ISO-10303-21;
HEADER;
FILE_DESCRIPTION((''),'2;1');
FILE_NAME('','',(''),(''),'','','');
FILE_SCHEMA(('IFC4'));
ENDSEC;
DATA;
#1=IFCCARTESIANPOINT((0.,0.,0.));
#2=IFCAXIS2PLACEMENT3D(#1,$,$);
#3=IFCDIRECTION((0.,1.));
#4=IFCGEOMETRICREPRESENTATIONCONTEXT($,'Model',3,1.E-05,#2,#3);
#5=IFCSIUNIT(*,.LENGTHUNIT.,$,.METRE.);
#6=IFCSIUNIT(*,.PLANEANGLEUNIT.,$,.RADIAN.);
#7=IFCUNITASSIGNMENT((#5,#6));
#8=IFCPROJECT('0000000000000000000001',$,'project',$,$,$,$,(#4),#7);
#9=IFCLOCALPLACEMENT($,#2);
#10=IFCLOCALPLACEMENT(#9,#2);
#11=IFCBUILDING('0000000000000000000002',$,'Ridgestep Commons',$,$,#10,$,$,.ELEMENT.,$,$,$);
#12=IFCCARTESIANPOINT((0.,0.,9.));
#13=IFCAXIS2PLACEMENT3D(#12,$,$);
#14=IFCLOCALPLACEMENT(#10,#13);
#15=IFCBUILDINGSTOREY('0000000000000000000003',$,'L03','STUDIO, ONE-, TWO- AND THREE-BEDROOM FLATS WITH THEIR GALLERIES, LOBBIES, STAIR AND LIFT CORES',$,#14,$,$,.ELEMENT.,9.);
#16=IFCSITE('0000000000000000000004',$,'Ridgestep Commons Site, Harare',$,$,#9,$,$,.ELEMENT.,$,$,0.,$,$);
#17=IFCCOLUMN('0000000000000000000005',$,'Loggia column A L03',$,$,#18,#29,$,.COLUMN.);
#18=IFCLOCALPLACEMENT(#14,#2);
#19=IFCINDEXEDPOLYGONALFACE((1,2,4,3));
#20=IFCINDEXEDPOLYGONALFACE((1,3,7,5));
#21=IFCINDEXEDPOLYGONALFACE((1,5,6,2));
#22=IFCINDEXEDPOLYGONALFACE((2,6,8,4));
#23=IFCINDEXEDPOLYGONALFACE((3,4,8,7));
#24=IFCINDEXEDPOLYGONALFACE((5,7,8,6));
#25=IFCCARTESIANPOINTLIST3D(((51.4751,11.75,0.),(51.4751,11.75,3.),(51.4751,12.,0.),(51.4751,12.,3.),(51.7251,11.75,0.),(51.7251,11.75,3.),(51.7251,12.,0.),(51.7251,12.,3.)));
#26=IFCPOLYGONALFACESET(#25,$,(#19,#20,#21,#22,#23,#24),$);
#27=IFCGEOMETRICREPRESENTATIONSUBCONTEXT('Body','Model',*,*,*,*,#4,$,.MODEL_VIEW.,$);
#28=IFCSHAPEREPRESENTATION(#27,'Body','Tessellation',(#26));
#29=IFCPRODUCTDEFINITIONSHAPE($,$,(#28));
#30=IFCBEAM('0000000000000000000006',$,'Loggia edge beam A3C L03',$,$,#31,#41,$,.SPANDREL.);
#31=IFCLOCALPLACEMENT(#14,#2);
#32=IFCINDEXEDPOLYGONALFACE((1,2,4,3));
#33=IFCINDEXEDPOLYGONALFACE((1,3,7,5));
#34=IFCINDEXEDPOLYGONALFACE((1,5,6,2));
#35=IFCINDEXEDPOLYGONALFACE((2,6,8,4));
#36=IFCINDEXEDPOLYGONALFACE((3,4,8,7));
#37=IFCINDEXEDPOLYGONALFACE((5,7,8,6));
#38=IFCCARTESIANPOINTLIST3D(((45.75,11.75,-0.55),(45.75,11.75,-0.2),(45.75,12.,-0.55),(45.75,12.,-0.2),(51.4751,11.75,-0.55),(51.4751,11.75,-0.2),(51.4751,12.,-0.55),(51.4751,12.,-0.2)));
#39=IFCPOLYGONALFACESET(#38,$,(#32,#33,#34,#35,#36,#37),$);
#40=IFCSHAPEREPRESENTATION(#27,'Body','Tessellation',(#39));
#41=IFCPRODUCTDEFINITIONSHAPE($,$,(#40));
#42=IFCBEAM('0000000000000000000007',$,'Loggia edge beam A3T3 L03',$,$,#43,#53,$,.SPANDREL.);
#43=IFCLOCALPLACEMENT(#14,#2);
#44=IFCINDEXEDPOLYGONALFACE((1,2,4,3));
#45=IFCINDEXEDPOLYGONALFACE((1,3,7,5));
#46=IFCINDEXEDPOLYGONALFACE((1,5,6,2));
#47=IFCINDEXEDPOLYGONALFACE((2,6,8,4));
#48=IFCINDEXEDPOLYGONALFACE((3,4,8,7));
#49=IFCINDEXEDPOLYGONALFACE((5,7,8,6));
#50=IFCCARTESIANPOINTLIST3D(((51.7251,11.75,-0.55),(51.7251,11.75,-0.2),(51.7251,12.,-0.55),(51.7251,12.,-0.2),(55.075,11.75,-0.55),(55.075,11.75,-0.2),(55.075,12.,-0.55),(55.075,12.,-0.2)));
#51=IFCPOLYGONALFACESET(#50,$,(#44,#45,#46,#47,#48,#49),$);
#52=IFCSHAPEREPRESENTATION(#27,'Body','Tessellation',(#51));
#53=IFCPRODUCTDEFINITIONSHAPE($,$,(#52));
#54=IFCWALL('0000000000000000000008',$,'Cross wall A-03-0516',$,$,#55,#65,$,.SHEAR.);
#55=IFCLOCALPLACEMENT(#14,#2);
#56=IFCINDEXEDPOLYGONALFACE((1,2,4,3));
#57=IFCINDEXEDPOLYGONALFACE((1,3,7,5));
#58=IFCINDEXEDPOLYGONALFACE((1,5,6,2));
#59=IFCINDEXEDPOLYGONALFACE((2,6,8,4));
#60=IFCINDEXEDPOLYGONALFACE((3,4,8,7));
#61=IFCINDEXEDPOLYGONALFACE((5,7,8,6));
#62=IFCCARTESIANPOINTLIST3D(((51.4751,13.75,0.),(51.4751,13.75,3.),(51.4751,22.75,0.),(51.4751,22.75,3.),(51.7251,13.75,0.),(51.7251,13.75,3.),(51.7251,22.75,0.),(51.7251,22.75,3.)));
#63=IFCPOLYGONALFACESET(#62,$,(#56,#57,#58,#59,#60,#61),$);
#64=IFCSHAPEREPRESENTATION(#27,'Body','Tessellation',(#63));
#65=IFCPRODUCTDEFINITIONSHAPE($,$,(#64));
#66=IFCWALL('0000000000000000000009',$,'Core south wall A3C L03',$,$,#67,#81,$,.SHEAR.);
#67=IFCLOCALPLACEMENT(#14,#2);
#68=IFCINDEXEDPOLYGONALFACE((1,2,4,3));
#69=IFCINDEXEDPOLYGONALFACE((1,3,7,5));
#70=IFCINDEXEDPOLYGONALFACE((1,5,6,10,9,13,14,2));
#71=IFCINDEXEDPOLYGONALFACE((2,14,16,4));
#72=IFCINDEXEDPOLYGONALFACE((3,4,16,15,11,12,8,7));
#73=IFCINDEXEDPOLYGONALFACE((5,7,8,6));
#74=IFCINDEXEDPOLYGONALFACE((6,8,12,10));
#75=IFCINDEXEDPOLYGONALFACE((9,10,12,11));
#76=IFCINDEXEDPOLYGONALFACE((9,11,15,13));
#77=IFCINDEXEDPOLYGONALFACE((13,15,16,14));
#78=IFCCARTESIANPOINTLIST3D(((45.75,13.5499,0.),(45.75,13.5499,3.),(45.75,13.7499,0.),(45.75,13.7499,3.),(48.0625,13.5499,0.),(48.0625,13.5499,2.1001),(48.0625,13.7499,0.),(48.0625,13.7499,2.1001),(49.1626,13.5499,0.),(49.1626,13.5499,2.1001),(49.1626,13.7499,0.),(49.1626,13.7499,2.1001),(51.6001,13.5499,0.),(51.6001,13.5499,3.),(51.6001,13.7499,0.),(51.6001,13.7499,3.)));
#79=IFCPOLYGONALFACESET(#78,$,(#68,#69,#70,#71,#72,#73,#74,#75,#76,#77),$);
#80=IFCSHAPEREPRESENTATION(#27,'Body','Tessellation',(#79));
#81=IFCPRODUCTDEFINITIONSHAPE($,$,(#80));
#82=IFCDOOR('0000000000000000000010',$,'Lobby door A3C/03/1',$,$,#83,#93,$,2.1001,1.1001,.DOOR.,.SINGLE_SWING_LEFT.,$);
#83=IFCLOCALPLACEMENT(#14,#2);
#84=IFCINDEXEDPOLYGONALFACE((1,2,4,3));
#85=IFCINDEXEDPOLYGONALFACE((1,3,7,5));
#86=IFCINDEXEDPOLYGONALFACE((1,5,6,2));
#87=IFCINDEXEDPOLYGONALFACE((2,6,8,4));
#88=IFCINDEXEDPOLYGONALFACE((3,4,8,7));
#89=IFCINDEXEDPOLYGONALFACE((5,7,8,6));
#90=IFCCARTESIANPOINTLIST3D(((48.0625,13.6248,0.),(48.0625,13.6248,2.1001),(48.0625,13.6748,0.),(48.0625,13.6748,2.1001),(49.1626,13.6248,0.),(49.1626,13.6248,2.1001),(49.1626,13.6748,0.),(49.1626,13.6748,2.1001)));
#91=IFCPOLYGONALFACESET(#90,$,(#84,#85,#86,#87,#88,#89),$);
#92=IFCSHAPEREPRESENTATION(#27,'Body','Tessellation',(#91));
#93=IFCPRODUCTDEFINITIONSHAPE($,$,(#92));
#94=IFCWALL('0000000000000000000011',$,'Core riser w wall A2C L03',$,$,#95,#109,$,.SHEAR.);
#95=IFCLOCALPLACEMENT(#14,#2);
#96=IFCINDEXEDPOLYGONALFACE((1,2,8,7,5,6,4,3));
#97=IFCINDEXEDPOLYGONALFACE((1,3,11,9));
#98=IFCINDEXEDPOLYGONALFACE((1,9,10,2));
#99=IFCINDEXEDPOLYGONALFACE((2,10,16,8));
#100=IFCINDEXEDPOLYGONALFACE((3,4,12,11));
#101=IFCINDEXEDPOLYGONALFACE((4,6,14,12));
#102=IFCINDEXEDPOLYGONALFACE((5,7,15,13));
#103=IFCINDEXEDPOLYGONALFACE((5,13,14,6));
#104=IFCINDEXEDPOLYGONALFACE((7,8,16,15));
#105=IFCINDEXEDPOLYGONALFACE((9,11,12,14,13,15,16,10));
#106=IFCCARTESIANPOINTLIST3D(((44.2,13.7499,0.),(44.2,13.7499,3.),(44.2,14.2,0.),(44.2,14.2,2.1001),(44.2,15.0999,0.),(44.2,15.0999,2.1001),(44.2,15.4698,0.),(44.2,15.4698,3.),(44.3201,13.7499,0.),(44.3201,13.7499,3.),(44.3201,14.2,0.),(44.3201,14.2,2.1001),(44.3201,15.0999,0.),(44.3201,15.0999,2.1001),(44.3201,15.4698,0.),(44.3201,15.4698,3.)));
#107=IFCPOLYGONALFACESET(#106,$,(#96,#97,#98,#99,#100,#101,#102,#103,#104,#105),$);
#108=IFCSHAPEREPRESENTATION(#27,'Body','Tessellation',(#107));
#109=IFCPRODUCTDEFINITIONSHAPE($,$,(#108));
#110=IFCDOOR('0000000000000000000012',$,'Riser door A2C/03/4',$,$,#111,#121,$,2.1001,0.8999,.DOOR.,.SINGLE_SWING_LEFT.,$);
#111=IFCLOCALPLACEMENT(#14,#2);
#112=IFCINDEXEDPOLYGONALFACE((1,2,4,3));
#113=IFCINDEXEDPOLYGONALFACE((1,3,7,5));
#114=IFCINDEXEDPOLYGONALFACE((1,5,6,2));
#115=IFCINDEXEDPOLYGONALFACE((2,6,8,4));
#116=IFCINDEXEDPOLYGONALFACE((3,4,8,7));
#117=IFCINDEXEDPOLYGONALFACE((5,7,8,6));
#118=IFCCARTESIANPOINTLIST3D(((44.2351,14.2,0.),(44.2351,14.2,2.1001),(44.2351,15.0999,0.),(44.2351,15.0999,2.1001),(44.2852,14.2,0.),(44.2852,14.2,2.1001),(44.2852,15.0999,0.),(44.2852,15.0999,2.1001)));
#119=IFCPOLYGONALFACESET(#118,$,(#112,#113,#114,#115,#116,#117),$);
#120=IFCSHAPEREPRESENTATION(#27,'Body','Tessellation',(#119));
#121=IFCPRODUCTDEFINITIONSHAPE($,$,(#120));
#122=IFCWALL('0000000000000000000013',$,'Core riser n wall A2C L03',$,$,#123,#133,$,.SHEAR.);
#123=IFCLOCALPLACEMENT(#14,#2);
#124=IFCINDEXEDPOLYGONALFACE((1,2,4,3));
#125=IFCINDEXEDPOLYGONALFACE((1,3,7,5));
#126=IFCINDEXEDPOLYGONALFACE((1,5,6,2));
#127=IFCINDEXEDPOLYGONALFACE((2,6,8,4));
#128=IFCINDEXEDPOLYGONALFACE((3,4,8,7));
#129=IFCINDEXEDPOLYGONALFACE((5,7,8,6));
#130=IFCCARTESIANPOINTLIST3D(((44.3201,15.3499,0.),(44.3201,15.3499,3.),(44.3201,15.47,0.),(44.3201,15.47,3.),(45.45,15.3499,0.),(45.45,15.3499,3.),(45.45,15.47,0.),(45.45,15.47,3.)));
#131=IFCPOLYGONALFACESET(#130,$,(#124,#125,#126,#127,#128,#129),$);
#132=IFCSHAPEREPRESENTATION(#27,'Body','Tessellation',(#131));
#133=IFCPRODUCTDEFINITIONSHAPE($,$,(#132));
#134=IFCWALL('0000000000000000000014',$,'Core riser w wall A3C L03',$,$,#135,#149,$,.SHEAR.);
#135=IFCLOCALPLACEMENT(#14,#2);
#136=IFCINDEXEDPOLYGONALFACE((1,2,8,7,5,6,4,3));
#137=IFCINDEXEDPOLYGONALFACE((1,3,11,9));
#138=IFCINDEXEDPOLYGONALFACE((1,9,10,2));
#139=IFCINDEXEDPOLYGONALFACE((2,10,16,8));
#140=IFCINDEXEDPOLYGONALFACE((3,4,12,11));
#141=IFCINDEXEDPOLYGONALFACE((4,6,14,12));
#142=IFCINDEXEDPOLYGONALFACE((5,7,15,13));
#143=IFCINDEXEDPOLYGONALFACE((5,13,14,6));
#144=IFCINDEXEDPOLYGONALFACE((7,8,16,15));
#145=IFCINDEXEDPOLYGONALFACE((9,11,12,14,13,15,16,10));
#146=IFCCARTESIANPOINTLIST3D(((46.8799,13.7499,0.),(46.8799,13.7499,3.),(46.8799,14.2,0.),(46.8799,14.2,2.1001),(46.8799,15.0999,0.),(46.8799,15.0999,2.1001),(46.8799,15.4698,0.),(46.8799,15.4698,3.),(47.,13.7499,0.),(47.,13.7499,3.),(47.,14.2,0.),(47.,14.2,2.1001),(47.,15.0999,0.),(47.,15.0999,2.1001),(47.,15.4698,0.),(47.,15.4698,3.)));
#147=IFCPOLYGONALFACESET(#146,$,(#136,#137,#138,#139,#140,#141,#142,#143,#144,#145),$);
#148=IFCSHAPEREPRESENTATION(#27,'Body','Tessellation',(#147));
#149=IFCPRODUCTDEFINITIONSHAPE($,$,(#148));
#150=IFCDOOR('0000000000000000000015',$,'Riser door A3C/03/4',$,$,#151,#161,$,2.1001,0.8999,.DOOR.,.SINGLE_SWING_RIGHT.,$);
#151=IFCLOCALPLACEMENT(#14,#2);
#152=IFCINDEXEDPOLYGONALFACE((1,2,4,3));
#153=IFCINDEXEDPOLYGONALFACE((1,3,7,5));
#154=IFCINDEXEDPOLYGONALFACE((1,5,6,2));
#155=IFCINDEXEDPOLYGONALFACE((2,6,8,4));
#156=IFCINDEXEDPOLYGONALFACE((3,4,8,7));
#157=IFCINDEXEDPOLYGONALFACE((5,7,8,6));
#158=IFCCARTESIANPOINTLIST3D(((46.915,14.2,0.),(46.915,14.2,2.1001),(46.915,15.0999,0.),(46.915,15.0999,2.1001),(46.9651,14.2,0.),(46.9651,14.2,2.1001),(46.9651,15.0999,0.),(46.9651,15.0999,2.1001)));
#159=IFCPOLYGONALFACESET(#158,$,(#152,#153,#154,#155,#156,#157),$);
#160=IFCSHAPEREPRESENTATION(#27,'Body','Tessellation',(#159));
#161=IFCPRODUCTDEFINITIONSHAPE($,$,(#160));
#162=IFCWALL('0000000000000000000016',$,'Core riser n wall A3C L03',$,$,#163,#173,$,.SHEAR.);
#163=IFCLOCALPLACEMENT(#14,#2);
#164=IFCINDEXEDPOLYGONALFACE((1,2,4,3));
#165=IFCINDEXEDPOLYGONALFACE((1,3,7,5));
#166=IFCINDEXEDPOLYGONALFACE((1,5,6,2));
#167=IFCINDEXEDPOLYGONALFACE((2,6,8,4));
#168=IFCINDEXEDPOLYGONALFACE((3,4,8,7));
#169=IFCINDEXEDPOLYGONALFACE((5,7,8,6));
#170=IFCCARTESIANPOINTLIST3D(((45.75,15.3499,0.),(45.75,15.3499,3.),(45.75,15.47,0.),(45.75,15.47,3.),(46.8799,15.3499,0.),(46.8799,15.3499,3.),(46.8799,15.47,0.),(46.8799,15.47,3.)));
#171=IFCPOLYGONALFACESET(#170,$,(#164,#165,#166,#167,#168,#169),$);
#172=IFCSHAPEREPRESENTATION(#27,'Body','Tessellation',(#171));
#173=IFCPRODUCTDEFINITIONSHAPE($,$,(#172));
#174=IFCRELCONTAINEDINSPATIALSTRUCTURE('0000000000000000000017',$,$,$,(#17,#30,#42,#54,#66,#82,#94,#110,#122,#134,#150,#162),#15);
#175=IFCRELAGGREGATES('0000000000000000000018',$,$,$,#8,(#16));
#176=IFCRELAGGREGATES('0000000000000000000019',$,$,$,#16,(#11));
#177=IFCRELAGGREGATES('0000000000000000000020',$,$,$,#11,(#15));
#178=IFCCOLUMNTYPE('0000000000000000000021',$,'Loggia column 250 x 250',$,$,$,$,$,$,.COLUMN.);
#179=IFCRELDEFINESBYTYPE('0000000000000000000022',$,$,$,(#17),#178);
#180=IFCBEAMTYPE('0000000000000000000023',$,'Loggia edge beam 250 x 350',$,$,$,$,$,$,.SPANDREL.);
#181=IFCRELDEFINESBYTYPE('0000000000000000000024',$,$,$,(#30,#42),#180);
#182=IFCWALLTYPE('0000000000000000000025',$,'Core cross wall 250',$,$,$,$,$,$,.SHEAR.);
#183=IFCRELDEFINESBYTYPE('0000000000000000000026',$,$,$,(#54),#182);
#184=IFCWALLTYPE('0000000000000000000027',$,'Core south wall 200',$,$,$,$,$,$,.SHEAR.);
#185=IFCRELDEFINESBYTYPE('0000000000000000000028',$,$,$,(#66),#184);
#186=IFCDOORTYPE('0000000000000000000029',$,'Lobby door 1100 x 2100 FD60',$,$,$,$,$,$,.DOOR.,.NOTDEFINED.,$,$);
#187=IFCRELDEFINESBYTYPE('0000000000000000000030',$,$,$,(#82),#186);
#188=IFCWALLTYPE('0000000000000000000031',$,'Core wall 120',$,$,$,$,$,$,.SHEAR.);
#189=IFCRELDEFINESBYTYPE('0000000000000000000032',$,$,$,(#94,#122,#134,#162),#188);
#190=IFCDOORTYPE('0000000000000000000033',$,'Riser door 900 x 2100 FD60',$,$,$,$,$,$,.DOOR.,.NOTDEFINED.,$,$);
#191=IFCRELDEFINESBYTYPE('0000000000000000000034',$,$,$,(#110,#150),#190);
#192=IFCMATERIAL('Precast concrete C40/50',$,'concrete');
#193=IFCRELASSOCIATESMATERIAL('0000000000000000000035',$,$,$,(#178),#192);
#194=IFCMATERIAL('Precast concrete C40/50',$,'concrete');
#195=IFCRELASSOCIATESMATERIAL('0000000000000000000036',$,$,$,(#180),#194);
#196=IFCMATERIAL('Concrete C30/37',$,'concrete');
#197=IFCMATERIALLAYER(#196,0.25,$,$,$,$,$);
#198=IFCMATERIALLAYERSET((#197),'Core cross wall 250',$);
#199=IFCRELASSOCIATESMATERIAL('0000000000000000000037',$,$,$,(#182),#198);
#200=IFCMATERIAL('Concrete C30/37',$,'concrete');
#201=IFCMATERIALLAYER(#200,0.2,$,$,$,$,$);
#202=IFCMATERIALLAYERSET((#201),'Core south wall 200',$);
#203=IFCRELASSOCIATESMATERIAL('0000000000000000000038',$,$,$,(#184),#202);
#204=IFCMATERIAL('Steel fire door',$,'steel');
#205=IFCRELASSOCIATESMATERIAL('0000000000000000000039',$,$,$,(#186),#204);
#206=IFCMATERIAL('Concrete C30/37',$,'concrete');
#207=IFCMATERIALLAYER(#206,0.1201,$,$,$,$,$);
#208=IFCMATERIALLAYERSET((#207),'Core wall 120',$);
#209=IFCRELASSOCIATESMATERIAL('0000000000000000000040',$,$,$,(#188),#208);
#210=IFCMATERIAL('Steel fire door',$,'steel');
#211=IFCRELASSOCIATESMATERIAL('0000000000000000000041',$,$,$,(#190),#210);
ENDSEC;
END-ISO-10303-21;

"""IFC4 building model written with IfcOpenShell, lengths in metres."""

from ifc_helpers import new_model, si_unit, direction, frame, frame_2d, origin, origin_2d, place, context, subcontext, project, spatial, rectangle, extrude, material, layer, layer_set, material_profile, profile_set, type_object, element, fill, save


model = new_model("IFC4")

# Units and contexts
model_context = context("Model", 3, precision=1e-05, world=origin(), true_north=direction((0.0, 1.0)))
body_context = subcontext(model_context, "Body", "Model", "MODEL_VIEW")
ifc_project = project(units=[si_unit("LENGTHUNIT", "METRE"), si_unit("PLANEANGLEUNIT", "RADIAN")], contexts=[model_context])

# Site, building, storey
site_placement = place(None, origin())
site = spatial("IfcSite", under=ifc_project, at=site_placement, Name="Ridgestep Commons Site, Harare", CompositionType="ELEMENT", RefElevation=0.0)
building_placement = place(site_placement, origin())
building = spatial("IfcBuilding", under=site, at=building_placement, Name="Ridgestep Commons", CompositionType="ELEMENT")
storey_placement = place(building_placement, frame((0.0, 0.0, 9.0)))
storey = spatial("IfcBuildingStorey", under=building, at=storey_placement, Name="L03", Description="STUDIO, ONE-, TWO- AND THREE-BEDROOM FLATS WITH THEIR GALLERIES, LOBBIES, STAIR AND LIFT CORES", CompositionType="ELEMENT", Elevation=9.0)

# Column
ifc_material_1 = material(Name="Precast concrete C40/50", Category="concrete")
ifc_material_profile_1 = material_profile(ifc_material_1, rectangle(XDim=0.25, YDim=0.25, at=origin_2d()), Name="PC 250x250")
ifc_profile_set_1 = profile_set([ifc_material_profile_1], Name="Precast concrete C40/50")
column_type = type_object("IfcColumnType", Name="Loggia column 250 x 250", PredefinedType="COLUMN", material=ifc_profile_set_1)
column_placement = place(storey_placement, frame((51.6001, 11.875, 0.0), z_axis=(0.0, 0.0, 1.0), x_axis=(1.0, 0.0, 0.0)))
element("IfcColumn", 1, at=column_placement, inside=storey, type_object=column_type, Name="Loggia column A L03", PredefinedType="COLUMN", context=body_context, shape_type="SweptSolid", body=[
    extrude(rectangle(XDim=0.25, YDim=0.25, at=origin_2d()), origin(), (0.0, 0.0, 1.0), 3.0),
])

# Beams
ifc_material_2 = material(Name="Precast concrete C40/50", Category="concrete")
ifc_material_profile_2 = material_profile(ifc_material_2, rectangle(XDim=0.25, YDim=0.3501, at=origin_2d()), Name="PC 250x350")
ifc_profile_set_2 = profile_set([ifc_material_profile_2], Name="Precast concrete C40/50")
beam_type = type_object("IfcBeamType", Name="Loggia edge beam 250 x 350", PredefinedType="SPANDREL", material=ifc_profile_set_2)
beam_1_placement = place(storey_placement, frame((45.75, 11.875, -0.375), z_axis=(1.0, 0.0, 0.0), x_axis=(0.0, 1.0, 0.0)))
element("IfcBeam", 2, at=beam_1_placement, inside=storey, type_object=beam_type, Name="Loggia edge beam A3C L03", PredefinedType="SPANDREL", context=body_context, shape_type="SweptSolid", body=[
    extrude(rectangle(XDim=0.25, YDim=0.3501, at=origin_2d()), origin(), (0.0, 0.0, 1.0), 5.7251),
])
beam_2_placement = place(storey_placement, frame((51.7251, 11.875, -0.375), z_axis=(1.0, 0.0, 0.0), x_axis=(0.0, 1.0, 0.0)))
element("IfcBeam", 3, at=beam_2_placement, inside=storey, type_object=beam_type, Name="Loggia edge beam A3T3 L03", PredefinedType="SPANDREL", context=body_context, shape_type="SweptSolid", body=[
    extrude(rectangle(XDim=0.25, YDim=0.3501, at=origin_2d()), origin(), (0.0, 0.0, 1.0), 3.3499),
])

# Wall
ifc_material_3 = material(Name="Concrete C30/37", Category="concrete")
ifc_layer_1 = layer(ifc_material_3, 0.25)
ifc_layer_set_1 = layer_set([ifc_layer_1], Name="Core cross wall 250")
wall_type_1 = type_object("IfcWallType", Name="Core cross wall 250", PredefinedType="SHEAR", material=ifc_layer_set_1)
wall_1_placement = place(storey_placement, frame((51.6001, 13.75, 0.0), z_axis=(0.0, 0.0, 1.0), x_axis=(0.0, 1.0, 0.0)))
element("IfcWall", 4, at=wall_1_placement, inside=storey, type_object=wall_type_1, Name="Cross wall A-03-0516", PredefinedType="SHEAR", context=body_context, shape_type="SweptSolid", body=[
    extrude(rectangle(XDim=9.0, YDim=0.25, at=frame_2d((4.5, 0.0))), origin(), (0.0, 0.0, 1.0), 3.0),
])

# Walls, openings, doors
ifc_material_4 = material(Name="Concrete C30/37", Category="concrete")
ifc_layer_2 = layer(ifc_material_4, 0.2)
ifc_layer_set_2 = layer_set([ifc_layer_2], Name="Core south wall 200")
wall_type_2 = type_object("IfcWallType", Name="Core south wall 200", PredefinedType="SHEAR", material=ifc_layer_set_2)
wall_2_placement = place(storey_placement, frame((45.75, 13.6499, 0.0), z_axis=(0.0, 0.0, 1.0), x_axis=(1.0, 0.0, 0.0)))
wall_2 = element("IfcWall", 5, at=wall_2_placement, inside=storey, type_object=wall_type_2, Name="Core south wall A3C L03", PredefinedType="SHEAR", context=body_context, shape_type="SweptSolid", body=[
    extrude(rectangle(XDim=5.8501, YDim=0.2, at=frame_2d((2.925, 0.0))), origin(), (0.0, 0.0, 1.0), 3.0),
])
opening_1_placement = place(wall_2_placement, frame((2.3125, 0.0, 0.0)))
opening_1 = element("IfcOpeningElement", 6, at=opening_1_placement, cuts=wall_2, PredefinedType="OPENING", context=body_context, shape_type="SweptSolid", body=[
    extrude(rectangle(XDim=1.1001, YDim=2.1001, at=frame_2d((0.55, 1.05))), frame((0.0, 0.1099, 0.0), z_axis=(0.0, -1.0, 0.0), x_axis=(1.0, 0.0, 0.0)), (0.0, 0.0, 1.0), 0.22),
])
ifc_material_5 = material(Name="Steel fire door", Category="steel")
door_type_1 = type_object("IfcDoorType", Name="Lobby door 1100 x 2100 FD60", OperationType="NOTDEFINED", PredefinedType="DOOR", material=ifc_material_5)
door_1_placement = place(opening_1_placement, origin())
door_1 = element("IfcDoor", 7, at=door_1_placement, inside=storey, type_object=door_type_1, Name="Lobby door A3C/03/1", OperationType="SINGLE_SWING_LEFT", OverallHeight=2.1001, OverallWidth=1.1001, PredefinedType="DOOR", context=body_context, shape_type="SweptSolid", body=[
    extrude(rectangle(XDim=1.1001, YDim=2.1001, at=frame_2d((0.55, 1.05))), frame((0.0, 0.0249, 0.0), z_axis=(0.0, -1.0, 0.0), x_axis=(1.0, 0.0, 0.0)), (0.0, 0.0, 1.0), 0.05),
])
fill(opening_1, door_1)
ifc_material_6 = material(Name="Concrete C30/37", Category="concrete")
ifc_layer_3 = layer(ifc_material_6, 0.1201)
ifc_layer_set_3 = layer_set([ifc_layer_3], Name="Core wall 120")
wall_type_3 = type_object("IfcWallType", Name="Core wall 120", PredefinedType="SHEAR", material=ifc_layer_set_3)
wall_3_placement = place(storey_placement, frame((44.26, 13.75, 0.0), z_axis=(0.0, 0.0, 1.0), x_axis=(0.0, 1.0, 0.0)))
wall_3 = element("IfcWall", 8, at=wall_3_placement, inside=storey, type_object=wall_type_3, Name="Core riser w wall A2C L03", PredefinedType="SHEAR", context=body_context, shape_type="SweptSolid", body=[
    extrude(rectangle(XDim=1.72, YDim=0.1201, at=frame_2d((0.8599, 0.0))), origin(), (0.0, 0.0, 1.0), 3.0),
])
opening_2_placement = place(wall_3_placement, frame((0.45, 0.0, 0.0)))
opening_2 = element("IfcOpeningElement", 9, at=opening_2_placement, cuts=wall_3, PredefinedType="OPENING", context=body_context, shape_type="SweptSolid", body=[
    extrude(rectangle(XDim=0.8999, YDim=2.1001, at=frame_2d((0.45, 1.05))), frame((0.0, 0.0701, 0.0), z_axis=(0.0, -1.0, 0.0), x_axis=(1.0, 0.0, 0.0)), (0.0, 0.0, 1.0), 0.1401),
])
ifc_material_7 = material(Name="Steel fire door", Category="steel")
door_type_2 = type_object("IfcDoorType", Name="Riser door 900 x 2100 FD60", OperationType="NOTDEFINED", PredefinedType="DOOR", material=ifc_material_7)
door_2_placement = place(opening_2_placement, origin())
door_2 = element("IfcDoor", 10, at=door_2_placement, inside=storey, type_object=door_type_2, Name="Riser door A2C/03/4", OperationType="SINGLE_SWING_LEFT", OverallHeight=2.1001, OverallWidth=0.8999, PredefinedType="DOOR", context=body_context, shape_type="SweptSolid", body=[
    extrude(rectangle(XDim=0.8999, YDim=2.1001, at=frame_2d((0.45, 1.05))), frame((0.0, 0.0249, 0.0), z_axis=(0.0, -1.0, 0.0), x_axis=(1.0, 0.0, 0.0)), (0.0, 0.0, 1.0), 0.05),
])
fill(opening_2, door_2)

# Wall
wall_4_placement = place(storey_placement, frame((44.3201, 15.4099, 0.0), z_axis=(0.0, 0.0, 1.0), x_axis=(1.0, 0.0, 0.0)))
element("IfcWall", 11, at=wall_4_placement, inside=storey, type_object=wall_type_3, Name="Core riser n wall A2C L03", PredefinedType="SHEAR", context=body_context, shape_type="SweptSolid", body=[
    extrude(rectangle(XDim=1.1299, YDim=0.1201, at=frame_2d((0.5649, 0.0))), origin(), (0.0, 0.0, 1.0), 3.0),
])

# Wall, opening, door
wall_5_placement = place(storey_placement, frame((46.9399, 13.75, 0.0), z_axis=(0.0, 0.0, 1.0), x_axis=(0.0, 1.0, 0.0)))
wall_5 = element("IfcWall", 12, at=wall_5_placement, inside=storey, type_object=wall_type_3, Name="Core riser w wall A3C L03", PredefinedType="SHEAR", context=body_context, shape_type="SweptSolid", body=[
    extrude(rectangle(XDim=1.72, YDim=0.1201, at=frame_2d((0.8599, 0.0))), origin(), (0.0, 0.0, 1.0), 3.0),
])
opening_3_placement = place(wall_5_placement, frame((0.45, 0.0, 0.0)))
opening_3 = element("IfcOpeningElement", 13, at=opening_3_placement, cuts=wall_5, PredefinedType="OPENING", context=body_context, shape_type="SweptSolid", body=[
    extrude(rectangle(XDim=0.8999, YDim=2.1001, at=frame_2d((0.45, 1.05))), frame((0.0, 0.0701, 0.0), z_axis=(0.0, -1.0, 0.0), x_axis=(1.0, 0.0, 0.0)), (0.0, 0.0, 1.0), 0.1401),
])
door_3_placement = place(opening_3_placement, origin())
door_3 = element("IfcDoor", 14, at=door_3_placement, inside=storey, type_object=door_type_2, Name="Riser door A3C/03/4", OperationType="SINGLE_SWING_RIGHT", OverallHeight=2.1001, OverallWidth=0.8999, PredefinedType="DOOR", context=body_context, shape_type="SweptSolid", body=[
    extrude(rectangle(XDim=0.8999, YDim=2.1001, at=frame_2d((0.45, 1.05))), frame((0.0, 0.0249, 0.0), z_axis=(0.0, -1.0, 0.0), x_axis=(1.0, 0.0, 0.0)), (0.0, 0.0, 1.0), 0.05),
])
fill(opening_3, door_3)

# Wall
wall_6_placement = place(storey_placement, frame((45.75, 15.4099, 0.0), z_axis=(0.0, 0.0, 1.0), x_axis=(1.0, 0.0, 0.0)))
element("IfcWall", 15, at=wall_6_placement, inside=storey, type_object=wall_type_3, Name="Core riser n wall A3C L03", PredefinedType="SHEAR", context=body_context, shape_type="SweptSolid", body=[
    extrude(rectangle(XDim=1.1299, YDim=0.1201, at=frame_2d((0.5649, 0.0))), origin(), (0.0, 0.0, 1.0), 3.0),
])

save(model, "model.ifc")
